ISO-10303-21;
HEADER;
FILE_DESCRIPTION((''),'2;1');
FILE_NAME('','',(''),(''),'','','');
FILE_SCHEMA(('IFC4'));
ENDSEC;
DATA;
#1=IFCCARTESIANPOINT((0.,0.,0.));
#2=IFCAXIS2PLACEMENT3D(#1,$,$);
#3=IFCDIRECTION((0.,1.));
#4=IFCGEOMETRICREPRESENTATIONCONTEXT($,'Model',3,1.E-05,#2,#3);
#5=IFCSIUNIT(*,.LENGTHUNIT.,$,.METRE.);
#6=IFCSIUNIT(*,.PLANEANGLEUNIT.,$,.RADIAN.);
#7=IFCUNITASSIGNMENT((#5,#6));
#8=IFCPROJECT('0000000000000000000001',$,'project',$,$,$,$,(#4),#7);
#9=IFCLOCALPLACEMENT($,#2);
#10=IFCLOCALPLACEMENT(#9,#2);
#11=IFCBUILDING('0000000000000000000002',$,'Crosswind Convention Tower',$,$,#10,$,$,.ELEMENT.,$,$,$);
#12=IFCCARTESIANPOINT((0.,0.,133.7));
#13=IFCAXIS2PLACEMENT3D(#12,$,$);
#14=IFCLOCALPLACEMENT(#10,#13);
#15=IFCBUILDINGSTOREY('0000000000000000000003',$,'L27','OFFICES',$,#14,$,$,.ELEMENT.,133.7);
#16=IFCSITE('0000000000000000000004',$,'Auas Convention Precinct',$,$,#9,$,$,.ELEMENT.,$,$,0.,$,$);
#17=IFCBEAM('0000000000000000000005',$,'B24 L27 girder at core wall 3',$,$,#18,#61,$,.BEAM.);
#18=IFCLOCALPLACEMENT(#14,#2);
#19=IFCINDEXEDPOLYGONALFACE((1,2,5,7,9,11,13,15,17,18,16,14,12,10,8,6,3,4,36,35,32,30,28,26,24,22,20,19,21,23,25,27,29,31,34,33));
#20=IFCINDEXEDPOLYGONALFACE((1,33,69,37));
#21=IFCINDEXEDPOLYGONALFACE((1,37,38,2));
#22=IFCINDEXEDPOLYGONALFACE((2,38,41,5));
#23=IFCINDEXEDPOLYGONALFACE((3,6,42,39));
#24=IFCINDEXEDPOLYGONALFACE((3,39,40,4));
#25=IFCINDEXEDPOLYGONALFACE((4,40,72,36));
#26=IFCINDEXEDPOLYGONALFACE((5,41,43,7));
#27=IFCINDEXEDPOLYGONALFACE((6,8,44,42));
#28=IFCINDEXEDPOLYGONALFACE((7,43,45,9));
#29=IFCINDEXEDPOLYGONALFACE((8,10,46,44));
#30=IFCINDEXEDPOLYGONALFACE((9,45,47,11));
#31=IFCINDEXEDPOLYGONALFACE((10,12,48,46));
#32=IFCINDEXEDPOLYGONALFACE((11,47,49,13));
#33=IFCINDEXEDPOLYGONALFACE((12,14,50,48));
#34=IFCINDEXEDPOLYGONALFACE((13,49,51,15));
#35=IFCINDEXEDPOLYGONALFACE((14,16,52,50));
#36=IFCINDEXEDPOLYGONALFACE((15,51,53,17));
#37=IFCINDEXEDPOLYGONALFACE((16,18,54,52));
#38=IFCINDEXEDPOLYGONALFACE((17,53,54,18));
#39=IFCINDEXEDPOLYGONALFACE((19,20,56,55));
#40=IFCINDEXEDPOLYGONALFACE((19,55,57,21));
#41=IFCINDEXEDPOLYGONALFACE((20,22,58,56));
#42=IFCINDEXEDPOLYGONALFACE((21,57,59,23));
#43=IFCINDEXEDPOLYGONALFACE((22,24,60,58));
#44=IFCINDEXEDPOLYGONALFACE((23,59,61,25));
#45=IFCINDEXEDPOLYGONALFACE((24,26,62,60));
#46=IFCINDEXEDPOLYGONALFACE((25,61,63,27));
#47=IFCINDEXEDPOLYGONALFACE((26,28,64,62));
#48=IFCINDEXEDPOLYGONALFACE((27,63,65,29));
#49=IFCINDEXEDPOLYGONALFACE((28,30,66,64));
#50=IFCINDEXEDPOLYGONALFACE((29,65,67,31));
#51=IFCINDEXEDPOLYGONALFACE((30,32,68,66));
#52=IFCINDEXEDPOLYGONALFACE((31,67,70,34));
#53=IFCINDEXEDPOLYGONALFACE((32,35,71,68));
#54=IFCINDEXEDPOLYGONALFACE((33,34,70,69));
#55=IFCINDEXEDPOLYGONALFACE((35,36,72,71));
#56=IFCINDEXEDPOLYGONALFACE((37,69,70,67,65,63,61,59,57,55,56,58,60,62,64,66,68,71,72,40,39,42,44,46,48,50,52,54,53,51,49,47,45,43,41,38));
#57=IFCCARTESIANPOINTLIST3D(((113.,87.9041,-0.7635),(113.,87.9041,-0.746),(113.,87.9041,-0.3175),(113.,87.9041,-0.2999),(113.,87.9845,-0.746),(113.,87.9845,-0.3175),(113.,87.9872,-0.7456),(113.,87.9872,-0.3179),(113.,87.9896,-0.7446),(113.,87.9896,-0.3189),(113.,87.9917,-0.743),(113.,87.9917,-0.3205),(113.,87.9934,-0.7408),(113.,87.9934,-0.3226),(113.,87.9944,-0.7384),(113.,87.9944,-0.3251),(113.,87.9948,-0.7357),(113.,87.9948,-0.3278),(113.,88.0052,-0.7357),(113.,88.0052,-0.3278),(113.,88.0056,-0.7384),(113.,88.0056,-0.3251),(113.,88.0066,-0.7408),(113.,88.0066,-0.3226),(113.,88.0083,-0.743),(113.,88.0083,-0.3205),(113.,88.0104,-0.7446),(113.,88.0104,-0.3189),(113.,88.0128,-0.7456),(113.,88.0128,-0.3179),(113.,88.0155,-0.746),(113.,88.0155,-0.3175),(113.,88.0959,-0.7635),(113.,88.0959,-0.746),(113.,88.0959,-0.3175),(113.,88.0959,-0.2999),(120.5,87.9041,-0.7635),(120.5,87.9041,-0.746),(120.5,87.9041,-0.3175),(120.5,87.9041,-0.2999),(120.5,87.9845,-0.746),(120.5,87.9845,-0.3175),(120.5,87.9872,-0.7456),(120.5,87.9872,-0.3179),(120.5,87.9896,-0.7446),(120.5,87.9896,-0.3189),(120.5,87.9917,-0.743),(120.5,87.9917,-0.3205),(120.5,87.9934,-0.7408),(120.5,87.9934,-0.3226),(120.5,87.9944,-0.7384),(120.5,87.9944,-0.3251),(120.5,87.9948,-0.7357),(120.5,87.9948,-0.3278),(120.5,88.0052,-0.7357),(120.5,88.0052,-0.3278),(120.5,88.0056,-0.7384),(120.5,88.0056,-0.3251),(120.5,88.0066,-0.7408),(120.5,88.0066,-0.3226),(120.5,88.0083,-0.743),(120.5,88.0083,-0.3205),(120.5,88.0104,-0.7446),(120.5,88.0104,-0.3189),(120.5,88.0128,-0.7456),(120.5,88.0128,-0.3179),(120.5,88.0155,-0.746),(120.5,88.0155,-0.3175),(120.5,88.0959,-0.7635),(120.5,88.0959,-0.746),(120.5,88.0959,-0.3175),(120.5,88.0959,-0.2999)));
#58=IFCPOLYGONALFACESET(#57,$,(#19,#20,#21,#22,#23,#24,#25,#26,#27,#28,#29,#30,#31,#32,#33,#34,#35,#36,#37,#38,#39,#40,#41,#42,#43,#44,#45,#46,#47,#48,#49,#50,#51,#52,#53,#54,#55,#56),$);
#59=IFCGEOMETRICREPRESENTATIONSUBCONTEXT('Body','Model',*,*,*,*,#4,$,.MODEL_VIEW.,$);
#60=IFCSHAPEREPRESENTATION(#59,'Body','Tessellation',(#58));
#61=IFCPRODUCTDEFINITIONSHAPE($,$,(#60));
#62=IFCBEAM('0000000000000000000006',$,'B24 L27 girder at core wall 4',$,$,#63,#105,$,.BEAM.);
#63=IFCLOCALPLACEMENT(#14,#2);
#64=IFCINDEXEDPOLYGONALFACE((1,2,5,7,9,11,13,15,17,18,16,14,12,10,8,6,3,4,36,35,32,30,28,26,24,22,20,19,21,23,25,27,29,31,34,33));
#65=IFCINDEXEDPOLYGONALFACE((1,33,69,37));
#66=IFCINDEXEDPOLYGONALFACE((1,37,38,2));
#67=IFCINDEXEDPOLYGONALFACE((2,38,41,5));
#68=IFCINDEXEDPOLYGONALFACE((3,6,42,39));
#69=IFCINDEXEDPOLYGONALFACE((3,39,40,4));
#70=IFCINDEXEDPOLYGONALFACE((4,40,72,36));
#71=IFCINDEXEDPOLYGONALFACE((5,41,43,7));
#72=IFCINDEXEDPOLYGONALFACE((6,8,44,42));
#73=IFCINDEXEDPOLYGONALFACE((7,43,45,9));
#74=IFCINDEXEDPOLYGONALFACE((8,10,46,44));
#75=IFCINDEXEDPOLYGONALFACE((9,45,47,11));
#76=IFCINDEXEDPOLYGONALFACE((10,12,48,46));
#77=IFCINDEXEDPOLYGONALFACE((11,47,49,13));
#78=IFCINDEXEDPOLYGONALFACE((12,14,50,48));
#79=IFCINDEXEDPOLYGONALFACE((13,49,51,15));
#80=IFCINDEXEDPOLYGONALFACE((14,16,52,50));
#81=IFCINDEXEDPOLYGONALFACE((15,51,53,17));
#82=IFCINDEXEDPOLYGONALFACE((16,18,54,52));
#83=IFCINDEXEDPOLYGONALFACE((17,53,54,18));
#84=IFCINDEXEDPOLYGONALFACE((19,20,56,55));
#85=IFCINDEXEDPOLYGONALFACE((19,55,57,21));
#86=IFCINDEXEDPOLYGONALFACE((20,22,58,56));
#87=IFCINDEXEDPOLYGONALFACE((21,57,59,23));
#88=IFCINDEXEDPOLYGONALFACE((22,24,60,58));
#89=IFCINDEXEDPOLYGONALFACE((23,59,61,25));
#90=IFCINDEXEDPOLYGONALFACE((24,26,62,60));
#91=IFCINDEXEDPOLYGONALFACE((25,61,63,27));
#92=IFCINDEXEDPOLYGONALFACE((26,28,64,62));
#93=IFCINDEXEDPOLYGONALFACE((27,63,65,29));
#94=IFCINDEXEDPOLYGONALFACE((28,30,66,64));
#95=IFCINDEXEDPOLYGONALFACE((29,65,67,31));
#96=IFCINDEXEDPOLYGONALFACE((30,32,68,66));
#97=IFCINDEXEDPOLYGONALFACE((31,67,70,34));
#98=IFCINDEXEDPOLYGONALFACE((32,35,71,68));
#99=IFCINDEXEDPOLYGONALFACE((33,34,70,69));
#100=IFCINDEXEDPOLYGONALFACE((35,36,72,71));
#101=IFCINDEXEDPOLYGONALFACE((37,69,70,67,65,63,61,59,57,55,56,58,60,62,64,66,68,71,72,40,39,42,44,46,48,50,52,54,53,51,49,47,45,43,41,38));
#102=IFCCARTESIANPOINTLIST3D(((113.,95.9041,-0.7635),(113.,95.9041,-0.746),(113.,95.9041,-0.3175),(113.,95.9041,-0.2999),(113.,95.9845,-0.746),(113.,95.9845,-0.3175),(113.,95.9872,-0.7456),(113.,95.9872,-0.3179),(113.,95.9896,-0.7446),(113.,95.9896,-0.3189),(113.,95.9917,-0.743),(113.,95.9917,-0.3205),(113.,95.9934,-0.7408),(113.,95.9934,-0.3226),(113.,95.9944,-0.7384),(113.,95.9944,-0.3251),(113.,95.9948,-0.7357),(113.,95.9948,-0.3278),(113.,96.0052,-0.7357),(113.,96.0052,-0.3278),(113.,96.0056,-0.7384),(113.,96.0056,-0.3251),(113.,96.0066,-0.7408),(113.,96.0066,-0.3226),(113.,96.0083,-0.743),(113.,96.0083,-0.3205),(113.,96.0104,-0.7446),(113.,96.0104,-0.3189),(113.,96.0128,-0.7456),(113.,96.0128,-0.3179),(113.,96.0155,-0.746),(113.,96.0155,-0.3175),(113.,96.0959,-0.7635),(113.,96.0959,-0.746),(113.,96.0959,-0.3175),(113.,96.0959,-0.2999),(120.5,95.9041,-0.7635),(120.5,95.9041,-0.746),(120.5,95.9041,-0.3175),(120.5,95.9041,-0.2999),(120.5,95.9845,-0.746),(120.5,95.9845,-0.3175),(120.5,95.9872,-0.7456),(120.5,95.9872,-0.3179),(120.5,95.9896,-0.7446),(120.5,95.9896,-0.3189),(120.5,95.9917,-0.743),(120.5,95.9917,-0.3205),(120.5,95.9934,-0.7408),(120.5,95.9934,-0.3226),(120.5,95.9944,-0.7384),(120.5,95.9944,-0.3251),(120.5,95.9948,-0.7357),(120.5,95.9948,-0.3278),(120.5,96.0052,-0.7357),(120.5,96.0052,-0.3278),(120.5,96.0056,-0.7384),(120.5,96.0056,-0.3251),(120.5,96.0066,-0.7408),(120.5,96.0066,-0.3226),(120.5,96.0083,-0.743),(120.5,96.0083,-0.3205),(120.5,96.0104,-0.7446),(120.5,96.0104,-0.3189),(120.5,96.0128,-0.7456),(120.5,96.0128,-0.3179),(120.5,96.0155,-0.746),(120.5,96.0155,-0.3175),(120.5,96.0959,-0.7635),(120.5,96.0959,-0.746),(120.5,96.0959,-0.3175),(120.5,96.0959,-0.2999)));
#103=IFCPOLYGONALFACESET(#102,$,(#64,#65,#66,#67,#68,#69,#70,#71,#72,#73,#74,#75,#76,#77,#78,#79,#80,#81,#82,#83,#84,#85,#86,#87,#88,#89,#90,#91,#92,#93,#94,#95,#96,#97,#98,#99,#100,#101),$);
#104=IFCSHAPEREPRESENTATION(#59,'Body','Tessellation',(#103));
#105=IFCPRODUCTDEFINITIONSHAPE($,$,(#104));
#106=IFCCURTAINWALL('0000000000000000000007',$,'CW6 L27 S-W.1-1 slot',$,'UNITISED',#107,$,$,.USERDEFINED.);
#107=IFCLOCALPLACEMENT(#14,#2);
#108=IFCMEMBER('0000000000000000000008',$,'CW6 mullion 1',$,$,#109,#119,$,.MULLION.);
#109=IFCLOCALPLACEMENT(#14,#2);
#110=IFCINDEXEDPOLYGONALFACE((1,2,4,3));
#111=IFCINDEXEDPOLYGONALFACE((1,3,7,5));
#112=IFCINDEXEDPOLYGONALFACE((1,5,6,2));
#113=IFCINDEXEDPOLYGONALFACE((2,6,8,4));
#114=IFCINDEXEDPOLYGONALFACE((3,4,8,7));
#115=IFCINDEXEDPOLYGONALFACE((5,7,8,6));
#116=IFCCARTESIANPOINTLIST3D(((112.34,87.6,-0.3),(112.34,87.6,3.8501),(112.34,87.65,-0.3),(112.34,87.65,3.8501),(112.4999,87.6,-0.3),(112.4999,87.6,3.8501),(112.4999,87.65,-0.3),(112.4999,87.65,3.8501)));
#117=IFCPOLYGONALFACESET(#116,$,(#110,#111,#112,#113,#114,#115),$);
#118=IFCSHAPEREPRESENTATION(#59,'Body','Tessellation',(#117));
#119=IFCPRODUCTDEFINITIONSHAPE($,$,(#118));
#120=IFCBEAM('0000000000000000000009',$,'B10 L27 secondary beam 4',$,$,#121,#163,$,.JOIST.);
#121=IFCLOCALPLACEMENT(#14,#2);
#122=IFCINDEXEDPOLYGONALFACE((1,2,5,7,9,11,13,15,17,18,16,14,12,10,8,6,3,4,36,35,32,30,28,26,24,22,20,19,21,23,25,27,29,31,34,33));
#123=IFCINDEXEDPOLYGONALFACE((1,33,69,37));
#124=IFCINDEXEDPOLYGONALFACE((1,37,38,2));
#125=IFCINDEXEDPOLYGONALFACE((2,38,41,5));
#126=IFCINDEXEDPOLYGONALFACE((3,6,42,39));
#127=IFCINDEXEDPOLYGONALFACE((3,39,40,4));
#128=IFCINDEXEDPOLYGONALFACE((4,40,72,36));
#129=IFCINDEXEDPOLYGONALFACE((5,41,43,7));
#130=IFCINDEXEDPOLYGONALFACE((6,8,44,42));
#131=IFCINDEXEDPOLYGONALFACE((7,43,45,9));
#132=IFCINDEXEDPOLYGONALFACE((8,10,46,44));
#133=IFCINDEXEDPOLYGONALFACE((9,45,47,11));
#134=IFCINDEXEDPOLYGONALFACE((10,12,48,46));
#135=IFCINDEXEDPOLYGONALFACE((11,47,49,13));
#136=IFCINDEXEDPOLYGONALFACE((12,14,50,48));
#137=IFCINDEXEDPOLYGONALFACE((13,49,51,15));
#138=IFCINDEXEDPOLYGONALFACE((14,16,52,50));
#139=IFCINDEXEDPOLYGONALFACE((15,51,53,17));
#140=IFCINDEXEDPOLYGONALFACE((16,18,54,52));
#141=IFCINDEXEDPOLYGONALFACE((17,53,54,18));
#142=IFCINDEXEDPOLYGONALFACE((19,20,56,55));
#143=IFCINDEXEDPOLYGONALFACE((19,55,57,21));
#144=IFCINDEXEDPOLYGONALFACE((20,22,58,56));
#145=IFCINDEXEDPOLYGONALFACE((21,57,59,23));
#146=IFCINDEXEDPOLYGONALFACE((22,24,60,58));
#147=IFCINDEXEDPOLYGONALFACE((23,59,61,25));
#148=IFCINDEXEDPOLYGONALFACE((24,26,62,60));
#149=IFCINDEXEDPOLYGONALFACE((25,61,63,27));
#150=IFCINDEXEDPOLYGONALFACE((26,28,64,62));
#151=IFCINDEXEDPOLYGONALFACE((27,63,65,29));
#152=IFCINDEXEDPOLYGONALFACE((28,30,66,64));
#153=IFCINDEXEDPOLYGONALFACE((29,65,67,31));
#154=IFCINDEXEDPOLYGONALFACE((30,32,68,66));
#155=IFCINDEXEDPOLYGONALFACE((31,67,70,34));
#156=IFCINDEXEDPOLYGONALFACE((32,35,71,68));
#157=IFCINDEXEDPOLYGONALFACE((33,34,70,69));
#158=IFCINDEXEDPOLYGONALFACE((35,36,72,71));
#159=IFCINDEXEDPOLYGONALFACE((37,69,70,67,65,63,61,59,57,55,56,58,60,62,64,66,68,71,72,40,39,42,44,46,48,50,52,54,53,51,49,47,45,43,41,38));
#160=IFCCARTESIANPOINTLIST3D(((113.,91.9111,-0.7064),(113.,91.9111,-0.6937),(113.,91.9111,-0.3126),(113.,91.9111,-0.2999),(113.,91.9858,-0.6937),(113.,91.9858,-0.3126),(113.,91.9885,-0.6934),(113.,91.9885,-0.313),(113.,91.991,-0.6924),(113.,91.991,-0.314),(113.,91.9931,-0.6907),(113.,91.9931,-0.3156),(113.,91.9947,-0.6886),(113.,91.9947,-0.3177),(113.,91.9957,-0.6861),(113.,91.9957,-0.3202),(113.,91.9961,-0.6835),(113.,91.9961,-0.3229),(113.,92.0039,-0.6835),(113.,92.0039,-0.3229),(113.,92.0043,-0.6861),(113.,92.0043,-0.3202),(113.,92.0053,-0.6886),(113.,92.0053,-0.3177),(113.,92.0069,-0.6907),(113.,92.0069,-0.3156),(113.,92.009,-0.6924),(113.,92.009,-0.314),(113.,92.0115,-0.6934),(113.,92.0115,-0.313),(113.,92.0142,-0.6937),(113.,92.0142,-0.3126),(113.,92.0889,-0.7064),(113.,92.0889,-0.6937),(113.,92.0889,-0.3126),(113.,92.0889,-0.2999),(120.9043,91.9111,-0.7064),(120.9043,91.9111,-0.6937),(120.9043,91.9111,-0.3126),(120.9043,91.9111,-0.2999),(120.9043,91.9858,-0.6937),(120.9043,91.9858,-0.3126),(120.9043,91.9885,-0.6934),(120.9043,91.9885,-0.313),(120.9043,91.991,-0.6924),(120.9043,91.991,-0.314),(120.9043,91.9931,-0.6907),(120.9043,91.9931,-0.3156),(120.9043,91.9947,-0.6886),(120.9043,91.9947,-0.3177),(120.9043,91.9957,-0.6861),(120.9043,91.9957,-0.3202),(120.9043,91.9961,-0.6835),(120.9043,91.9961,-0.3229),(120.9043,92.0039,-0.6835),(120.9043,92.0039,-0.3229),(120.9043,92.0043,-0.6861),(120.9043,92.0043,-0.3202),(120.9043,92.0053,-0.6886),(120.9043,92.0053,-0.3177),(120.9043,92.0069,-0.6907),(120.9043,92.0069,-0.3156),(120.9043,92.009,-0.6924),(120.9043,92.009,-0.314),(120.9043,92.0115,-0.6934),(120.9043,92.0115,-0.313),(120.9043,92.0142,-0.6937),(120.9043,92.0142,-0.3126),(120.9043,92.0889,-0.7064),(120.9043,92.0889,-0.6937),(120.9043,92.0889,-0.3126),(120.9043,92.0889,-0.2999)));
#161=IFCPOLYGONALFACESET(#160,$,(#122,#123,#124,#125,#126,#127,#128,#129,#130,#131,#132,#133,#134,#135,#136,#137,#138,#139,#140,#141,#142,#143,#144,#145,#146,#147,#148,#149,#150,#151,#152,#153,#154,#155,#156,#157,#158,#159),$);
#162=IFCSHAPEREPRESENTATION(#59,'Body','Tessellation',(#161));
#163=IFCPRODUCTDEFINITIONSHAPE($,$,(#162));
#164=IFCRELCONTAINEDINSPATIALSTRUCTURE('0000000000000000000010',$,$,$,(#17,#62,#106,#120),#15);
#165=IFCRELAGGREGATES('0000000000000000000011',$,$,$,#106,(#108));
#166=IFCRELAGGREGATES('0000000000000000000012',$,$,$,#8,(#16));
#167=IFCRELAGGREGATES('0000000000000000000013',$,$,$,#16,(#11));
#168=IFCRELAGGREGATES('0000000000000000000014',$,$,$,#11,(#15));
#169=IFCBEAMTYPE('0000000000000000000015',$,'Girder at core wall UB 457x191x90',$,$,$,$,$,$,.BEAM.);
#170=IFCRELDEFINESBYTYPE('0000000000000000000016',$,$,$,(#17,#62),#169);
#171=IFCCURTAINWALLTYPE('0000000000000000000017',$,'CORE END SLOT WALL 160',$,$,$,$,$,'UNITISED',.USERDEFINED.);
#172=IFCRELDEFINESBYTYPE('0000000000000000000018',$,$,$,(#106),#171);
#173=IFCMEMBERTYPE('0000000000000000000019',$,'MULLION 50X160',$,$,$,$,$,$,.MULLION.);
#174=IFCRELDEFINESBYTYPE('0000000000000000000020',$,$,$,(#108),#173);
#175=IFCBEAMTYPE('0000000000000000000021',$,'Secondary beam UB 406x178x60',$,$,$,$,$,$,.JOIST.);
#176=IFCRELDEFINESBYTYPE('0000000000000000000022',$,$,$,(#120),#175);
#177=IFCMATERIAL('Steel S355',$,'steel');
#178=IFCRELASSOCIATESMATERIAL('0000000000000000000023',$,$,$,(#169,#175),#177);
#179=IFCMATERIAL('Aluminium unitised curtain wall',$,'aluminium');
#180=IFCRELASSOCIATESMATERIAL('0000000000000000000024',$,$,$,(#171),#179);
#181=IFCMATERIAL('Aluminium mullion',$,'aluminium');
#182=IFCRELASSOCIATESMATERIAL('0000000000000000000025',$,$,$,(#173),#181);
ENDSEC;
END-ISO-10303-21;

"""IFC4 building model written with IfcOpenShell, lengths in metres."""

from ifc_helpers import new_model, si_unit, direction, frame, origin, origin_2d, place, context, subcontext, project, spatial, rectangle, i_section, extrude, material, material_profile, profile_set, type_object, element, aggregate, save


model = new_model("IFC4")

# Units and contexts
model_context = context("Model", 3, precision=1e-05, world=origin(), true_north=direction((0.0, 1.0)))
body_context = subcontext(model_context, "Body", "Model", "MODEL_VIEW")
ifc_project = project(units=[si_unit("LENGTHUNIT", "METRE"), si_unit("PLANEANGLEUNIT", "RADIAN")], contexts=[model_context])

# Site, building, storey
site_placement = place(None, origin())
site = spatial("IfcSite", under=ifc_project, at=site_placement, Name="Auas Convention Precinct", CompositionType="ELEMENT", RefElevation=0.0)
building_placement = place(site_placement, origin())
building = spatial("IfcBuilding", under=site, at=building_placement, Name="Crosswind Convention Tower", CompositionType="ELEMENT")
storey_placement = place(building_placement, frame((0.0, 0.0, 133.7)))
storey = spatial("IfcBuildingStorey", under=building, at=storey_placement, Name="L27", Description="OFFICES", CompositionType="ELEMENT", Elevation=133.7)

# Beams
ifc_material_1 = material(Name="Steel S355", Category="steel")
ifc_material_profile_1 = material_profile(ifc_material_1, i_section(OverallWidth=0.1919, OverallDepth=0.4636, WebThickness=0.0105, FlangeThickness=0.0176, FilletRadius=0.0103, at=origin_2d()), Name="UB 457x191x90")
ifc_profile_set_1 = profile_set([ifc_material_profile_1], Name="Steel S355")
beam_type_1 = type_object("IfcBeamType", Name="Girder at core wall UB 457x191x90", PredefinedType="BEAM", material=ifc_profile_set_1)
for number, where, z_axis, x_axis, name in (
    (1, (113.0, 88.0, -0.5317), (1.0, 0.0, 0.0), (0.0, 1.0, 0.0), "B24 L27 girder at core wall 3"),
    (2, (113.0, 96.0, -0.5317), (1.0, 0.0, 0.0), (0.0, 1.0, 0.0), "B24 L27 girder at core wall 4"),
):
    element("IfcBeam", number, at=place(storey_placement, frame(where, z_axis=z_axis, x_axis=x_axis)), inside=storey, type_object=beam_type_1, Name=name, PredefinedType="BEAM", context=body_context, shape_type="SweptSolid", body=[
        extrude(i_section(OverallWidth=0.1919, OverallDepth=0.4636, WebThickness=0.0105, FlangeThickness=0.0176, FilletRadius=0.0103, at=origin_2d()), origin(), (0.0, 0.0, 1.0), 7.5),
    ])

# Curtain wall, member
ifc_material_2 = material(Name="Aluminium unitised curtain wall", Category="aluminium")
curtain_wall_type = type_object("IfcCurtainWallType", Name="CORE END SLOT WALL 160", ElementType="UNITISED", PredefinedType="USERDEFINED", material=ifc_material_2)
curtain_wall_placement = place(storey_placement, origin())
curtain_wall = element("IfcCurtainWall", 3, at=curtain_wall_placement, inside=storey, type_object=curtain_wall_type, Name="CW6 L27 S-W.1-1 slot", ObjectType="UNITISED", PredefinedType="USERDEFINED")
ifc_material_3 = material(Name="Aluminium mullion", Category="aluminium")
ifc_material_profile_2 = material_profile(ifc_material_3, rectangle(XDim=0.1599, YDim=0.05, at=origin_2d()), Name="AL 160X50")
ifc_profile_set_2 = profile_set([ifc_material_profile_2], Name="Aluminium mullion")
member_type_1 = type_object("IfcMemberType", Name="MULLION 50X160", PredefinedType="MULLION", material=ifc_profile_set_2)
member_1_placement = place(storey_placement, frame((112.4199, 87.625, -0.3), z_axis=(0.0, 0.0, 1.0), x_axis=(-1.0, 0.0, 0.0)))
member_1 = element("IfcMember", 4, at=member_1_placement, type_object=member_type_1, Name="CW6 mullion 1", PredefinedType="MULLION", context=body_context, shape_type="SweptSolid", body=[
    extrude(rectangle(XDim=0.1599, YDim=0.05, at=origin_2d()), origin(), (0.0, 0.0, 1.0), 4.1501),
])

# Beam
ifc_material_profile_3 = material_profile(ifc_material_1, i_section(OverallWidth=0.1777, OverallDepth=0.4065, WebThickness=0.0078, FlangeThickness=0.0127, FilletRadius=0.0103, at=origin_2d()), Name="UB 406x178x60")
ifc_profile_set_3 = profile_set([ifc_material_profile_3], Name="Steel S355")
beam_type_2 = type_object("IfcBeamType", Name="Secondary beam UB 406x178x60", PredefinedType="JOIST", material=ifc_profile_set_3)
beam_1_placement = place(storey_placement, frame((113.0, 92.0, -0.5032), z_axis=(1.0, 0.0, 0.0), x_axis=(0.0, 1.0, 0.0)))
element("IfcBeam", 5, at=beam_1_placement, inside=storey, type_object=beam_type_2, Name="B10 L27 secondary beam 4", PredefinedType="JOIST", context=body_context, shape_type="SweptSolid", body=[
    extrude(i_section(OverallWidth=0.1777, OverallDepth=0.4065, WebThickness=0.0078, FlangeThickness=0.0127, FilletRadius=0.0103, at=origin_2d()), origin(), (0.0, 0.0, 1.0), 7.9043),
])

aggregate(curtain_wall, [member_1])

save(model, "model.ifc")
